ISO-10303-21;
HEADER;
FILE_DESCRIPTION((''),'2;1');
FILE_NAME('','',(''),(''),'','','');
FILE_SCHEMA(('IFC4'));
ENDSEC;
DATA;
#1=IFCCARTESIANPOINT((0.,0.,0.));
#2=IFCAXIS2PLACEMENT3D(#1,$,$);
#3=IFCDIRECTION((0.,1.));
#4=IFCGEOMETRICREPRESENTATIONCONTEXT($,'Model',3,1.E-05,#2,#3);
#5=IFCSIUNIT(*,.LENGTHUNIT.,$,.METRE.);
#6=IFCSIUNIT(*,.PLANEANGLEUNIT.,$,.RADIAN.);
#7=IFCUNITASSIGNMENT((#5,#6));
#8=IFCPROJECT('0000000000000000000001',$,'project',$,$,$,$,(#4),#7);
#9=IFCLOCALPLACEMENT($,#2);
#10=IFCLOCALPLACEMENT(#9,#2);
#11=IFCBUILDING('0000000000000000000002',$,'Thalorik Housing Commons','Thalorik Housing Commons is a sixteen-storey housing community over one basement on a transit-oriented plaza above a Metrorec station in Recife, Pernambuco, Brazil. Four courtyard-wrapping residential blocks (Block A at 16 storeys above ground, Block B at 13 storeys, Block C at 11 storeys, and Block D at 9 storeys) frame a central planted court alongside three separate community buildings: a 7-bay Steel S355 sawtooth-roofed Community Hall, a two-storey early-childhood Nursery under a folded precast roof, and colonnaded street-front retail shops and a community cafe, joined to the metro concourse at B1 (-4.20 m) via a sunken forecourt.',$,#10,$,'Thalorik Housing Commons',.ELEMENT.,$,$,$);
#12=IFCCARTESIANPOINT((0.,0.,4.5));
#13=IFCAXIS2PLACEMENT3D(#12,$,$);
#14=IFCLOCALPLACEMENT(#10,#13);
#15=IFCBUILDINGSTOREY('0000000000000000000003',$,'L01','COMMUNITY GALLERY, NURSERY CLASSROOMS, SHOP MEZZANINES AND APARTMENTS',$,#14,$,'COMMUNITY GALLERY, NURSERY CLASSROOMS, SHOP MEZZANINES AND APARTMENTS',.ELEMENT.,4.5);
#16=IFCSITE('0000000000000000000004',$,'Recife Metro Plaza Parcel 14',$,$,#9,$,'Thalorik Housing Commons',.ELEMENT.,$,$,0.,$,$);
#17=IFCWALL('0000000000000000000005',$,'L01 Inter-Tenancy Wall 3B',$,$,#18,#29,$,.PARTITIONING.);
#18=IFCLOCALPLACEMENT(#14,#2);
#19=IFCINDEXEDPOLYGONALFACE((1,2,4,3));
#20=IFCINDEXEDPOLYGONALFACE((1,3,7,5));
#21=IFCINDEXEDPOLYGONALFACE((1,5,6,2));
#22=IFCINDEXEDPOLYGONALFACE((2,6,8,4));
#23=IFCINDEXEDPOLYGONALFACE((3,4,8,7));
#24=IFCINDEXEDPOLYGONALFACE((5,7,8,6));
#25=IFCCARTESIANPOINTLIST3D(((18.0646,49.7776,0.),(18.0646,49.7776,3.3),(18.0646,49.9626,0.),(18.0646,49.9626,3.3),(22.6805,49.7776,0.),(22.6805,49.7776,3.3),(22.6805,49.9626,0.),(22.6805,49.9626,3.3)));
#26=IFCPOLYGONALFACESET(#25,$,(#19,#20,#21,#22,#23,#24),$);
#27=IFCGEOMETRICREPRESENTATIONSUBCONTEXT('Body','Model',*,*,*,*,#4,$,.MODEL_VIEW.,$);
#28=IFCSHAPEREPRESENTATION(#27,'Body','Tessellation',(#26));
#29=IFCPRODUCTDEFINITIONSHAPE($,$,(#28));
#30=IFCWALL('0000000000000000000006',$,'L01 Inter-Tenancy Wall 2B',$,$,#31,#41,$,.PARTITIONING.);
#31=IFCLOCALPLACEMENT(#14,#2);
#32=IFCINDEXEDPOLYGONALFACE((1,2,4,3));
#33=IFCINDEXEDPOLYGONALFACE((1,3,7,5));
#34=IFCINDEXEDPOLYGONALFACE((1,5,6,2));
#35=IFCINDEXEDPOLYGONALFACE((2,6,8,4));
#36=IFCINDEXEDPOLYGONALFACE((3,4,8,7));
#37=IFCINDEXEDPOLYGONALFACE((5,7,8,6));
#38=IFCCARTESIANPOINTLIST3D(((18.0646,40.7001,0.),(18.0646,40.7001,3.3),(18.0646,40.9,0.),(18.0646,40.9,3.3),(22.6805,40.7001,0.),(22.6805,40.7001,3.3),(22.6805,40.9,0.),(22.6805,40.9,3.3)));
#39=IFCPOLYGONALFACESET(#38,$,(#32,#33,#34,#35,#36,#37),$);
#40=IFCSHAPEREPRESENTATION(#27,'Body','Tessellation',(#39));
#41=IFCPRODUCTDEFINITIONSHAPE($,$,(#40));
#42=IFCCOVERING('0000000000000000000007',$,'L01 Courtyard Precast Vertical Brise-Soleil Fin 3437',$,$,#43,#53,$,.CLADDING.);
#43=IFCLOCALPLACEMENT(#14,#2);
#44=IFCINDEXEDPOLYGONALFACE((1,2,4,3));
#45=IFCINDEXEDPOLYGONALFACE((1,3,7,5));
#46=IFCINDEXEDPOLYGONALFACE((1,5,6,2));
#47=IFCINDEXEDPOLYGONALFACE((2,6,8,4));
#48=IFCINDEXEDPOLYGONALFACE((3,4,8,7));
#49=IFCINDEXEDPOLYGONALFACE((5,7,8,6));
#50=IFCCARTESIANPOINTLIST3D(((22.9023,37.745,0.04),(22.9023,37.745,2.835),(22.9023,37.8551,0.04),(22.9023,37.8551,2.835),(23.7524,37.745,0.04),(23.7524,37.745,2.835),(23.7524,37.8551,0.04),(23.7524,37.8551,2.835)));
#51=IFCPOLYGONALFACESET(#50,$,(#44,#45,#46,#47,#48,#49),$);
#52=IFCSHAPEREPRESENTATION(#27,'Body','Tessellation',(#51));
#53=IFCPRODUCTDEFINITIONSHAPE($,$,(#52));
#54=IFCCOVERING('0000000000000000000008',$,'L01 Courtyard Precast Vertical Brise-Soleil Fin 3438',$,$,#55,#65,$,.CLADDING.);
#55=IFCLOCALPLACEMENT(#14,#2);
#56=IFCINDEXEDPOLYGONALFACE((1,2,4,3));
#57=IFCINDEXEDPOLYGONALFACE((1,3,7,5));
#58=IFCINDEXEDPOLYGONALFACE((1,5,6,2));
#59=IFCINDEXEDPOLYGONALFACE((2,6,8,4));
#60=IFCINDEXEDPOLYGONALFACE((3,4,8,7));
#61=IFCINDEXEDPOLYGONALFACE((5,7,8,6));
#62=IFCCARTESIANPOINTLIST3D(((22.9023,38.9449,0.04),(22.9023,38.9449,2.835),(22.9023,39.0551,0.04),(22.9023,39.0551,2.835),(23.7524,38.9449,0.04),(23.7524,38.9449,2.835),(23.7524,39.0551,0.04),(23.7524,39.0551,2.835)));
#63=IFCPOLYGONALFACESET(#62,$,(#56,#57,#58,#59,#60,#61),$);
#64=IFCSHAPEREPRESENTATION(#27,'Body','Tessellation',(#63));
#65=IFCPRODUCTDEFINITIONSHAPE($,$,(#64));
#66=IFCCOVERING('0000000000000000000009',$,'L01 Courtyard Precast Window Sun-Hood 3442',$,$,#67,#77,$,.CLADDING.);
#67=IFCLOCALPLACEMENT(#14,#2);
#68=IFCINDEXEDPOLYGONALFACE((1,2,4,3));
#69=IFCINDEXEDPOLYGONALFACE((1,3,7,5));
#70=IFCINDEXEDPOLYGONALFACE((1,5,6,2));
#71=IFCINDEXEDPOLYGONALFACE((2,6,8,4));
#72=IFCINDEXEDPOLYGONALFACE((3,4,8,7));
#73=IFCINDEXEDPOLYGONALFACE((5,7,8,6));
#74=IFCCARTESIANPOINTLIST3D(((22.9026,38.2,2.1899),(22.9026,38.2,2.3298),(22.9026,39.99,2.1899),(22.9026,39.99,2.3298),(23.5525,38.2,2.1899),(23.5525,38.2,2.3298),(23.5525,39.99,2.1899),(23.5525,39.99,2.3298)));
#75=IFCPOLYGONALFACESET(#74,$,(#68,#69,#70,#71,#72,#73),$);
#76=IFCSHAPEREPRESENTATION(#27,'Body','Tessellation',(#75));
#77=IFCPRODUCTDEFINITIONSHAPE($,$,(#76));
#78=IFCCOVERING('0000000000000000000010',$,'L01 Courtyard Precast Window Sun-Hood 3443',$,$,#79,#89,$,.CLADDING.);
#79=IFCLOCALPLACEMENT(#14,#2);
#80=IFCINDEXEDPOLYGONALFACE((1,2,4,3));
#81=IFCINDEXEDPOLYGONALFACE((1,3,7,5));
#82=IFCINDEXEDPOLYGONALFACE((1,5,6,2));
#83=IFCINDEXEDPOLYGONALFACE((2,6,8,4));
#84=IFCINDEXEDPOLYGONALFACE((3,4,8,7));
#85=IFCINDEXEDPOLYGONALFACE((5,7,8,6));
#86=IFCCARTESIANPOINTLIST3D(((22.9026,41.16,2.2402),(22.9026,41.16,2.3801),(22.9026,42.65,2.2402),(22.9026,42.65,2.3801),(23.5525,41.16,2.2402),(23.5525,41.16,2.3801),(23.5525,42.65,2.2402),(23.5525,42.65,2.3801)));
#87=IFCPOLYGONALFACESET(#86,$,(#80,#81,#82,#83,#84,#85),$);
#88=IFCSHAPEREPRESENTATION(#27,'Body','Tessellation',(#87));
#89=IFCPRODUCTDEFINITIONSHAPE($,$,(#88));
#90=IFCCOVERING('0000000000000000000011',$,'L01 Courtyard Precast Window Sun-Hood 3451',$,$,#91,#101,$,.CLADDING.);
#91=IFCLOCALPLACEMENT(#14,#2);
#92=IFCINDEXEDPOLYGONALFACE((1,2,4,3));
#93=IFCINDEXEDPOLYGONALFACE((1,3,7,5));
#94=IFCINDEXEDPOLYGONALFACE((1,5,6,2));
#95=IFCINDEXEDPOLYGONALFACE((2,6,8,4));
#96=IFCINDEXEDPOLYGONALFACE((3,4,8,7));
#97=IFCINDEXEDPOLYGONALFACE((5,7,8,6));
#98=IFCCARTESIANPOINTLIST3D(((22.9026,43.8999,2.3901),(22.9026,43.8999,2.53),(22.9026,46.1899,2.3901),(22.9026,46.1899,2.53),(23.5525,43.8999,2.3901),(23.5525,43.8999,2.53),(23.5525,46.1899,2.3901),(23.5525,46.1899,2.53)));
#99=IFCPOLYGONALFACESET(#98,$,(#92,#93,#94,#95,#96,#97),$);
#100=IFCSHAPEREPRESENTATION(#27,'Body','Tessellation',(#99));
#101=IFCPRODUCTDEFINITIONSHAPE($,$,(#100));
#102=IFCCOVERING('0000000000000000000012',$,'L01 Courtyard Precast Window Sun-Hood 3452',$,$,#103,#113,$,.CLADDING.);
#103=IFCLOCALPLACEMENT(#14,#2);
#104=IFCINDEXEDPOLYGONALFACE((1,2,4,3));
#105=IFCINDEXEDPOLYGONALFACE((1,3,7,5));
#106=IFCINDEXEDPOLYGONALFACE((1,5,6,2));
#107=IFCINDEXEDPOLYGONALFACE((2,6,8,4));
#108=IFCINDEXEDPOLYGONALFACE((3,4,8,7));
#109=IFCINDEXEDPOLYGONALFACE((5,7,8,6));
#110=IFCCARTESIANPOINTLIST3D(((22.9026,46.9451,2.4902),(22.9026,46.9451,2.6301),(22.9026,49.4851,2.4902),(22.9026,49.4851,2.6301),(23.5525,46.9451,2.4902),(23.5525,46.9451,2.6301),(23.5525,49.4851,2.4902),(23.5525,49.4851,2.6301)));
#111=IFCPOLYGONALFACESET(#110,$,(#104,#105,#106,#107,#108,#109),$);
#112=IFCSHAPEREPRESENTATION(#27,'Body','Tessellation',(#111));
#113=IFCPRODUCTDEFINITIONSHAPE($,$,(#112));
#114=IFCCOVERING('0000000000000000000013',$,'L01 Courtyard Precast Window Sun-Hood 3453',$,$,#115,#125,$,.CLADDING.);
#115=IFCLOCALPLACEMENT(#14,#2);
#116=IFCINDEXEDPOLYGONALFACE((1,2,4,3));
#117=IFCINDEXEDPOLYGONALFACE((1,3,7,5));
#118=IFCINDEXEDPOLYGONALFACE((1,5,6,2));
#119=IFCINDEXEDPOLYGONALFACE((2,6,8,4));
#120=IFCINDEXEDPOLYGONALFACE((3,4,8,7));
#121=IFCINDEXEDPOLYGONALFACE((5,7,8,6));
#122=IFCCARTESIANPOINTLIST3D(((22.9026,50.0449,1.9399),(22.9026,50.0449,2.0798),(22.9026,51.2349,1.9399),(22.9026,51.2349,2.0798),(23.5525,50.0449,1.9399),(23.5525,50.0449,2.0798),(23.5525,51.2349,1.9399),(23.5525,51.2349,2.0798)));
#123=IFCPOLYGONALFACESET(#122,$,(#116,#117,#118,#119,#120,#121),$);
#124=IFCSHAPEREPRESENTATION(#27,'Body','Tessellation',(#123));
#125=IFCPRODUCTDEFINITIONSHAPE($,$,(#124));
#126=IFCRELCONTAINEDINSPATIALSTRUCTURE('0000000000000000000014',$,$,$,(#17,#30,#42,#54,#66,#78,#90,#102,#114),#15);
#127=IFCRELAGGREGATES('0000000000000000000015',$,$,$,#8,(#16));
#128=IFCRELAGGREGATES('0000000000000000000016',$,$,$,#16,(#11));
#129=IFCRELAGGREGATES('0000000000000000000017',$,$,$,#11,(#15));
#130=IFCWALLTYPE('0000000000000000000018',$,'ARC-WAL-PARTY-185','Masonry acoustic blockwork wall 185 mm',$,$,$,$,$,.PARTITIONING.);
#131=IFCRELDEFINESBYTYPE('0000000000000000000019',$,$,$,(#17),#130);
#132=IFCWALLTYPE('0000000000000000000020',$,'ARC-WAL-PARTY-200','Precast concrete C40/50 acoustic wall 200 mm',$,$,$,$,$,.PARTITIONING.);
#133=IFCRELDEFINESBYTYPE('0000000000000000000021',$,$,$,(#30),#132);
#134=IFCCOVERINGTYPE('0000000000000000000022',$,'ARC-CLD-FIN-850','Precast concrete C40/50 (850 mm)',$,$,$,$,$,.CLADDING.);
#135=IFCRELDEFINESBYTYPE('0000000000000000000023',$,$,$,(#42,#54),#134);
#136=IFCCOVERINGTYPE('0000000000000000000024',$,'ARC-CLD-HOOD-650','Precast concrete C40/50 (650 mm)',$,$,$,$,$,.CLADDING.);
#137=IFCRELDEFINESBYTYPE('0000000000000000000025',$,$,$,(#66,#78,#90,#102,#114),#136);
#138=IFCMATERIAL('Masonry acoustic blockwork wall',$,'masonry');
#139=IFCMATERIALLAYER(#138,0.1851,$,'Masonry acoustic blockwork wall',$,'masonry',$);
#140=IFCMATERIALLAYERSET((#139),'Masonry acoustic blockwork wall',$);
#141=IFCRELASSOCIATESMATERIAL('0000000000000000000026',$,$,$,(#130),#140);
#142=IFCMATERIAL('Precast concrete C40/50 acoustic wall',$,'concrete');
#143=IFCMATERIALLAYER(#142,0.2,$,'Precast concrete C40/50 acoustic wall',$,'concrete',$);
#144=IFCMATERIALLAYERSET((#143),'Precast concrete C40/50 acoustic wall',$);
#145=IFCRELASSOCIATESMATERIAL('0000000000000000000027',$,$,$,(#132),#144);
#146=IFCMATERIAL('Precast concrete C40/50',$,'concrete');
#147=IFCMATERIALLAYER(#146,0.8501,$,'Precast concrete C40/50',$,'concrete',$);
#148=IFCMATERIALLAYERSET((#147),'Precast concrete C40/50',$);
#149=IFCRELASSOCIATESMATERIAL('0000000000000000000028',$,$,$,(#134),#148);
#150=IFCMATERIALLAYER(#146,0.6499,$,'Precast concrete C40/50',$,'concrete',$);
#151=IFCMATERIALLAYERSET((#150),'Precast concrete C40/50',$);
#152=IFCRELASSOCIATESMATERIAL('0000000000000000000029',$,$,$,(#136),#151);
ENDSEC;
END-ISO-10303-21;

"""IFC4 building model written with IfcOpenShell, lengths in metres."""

from ifc_helpers import new_model, si_unit, direction, frame, frame_2d, origin, origin_2d, place, context, subcontext, project, spatial, rectangle, extrude, material, layer, layer_set, type_object, element, save


model = new_model("IFC4")

# Units and contexts
model_context = context("Model", 3, precision=1e-05, world=origin(), true_north=direction((0.0, 1.0)))
body_context = subcontext(model_context, "Body", "Model", "MODEL_VIEW")
ifc_project = project(units=[si_unit("LENGTHUNIT", "METRE"), si_unit("PLANEANGLEUNIT", "RADIAN")], contexts=[model_context])

# Site, building, storey
site_placement = place(None, origin())
site = spatial("IfcSite", under=ifc_project, at=site_placement, Name="Recife Metro Plaza Parcel 14", LongName="Thalorik Housing Commons", CompositionType="ELEMENT", RefElevation=0.0)
building_placement = place(site_placement, origin())
building = spatial("IfcBuilding", under=site, at=building_placement, Name="Thalorik Housing Commons", Description="Thalorik Housing Commons is a sixteen-storey housing community over one basement on a transit-oriented plaza above a Metrorec station in Recife, Pernambuco, Brazil. Four courtyard-wrapping residential blocks (Block A at 16 storeys above ground, Block B at 13 storeys, Block C at 11 storeys, and Block D at 9 storeys) frame a central planted court alongside three separate community buildings: a 7-bay Steel S355 sawtooth-roofed Community Hall, a two-storey early-childhood Nursery under a folded precast roof, and colonnaded street-front retail shops and a community cafe, joined to the metro concourse at B1 (-4.20 m) via a sunken forecourt.", LongName="Thalorik Housing Commons", CompositionType="ELEMENT")
storey_placement = place(building_placement, frame((0.0, 0.0, 4.5)))
storey = spatial("IfcBuildingStorey", under=building, at=storey_placement, Name="L01", Description="COMMUNITY GALLERY, NURSERY CLASSROOMS, SHOP MEZZANINES AND APARTMENTS", LongName="COMMUNITY GALLERY, NURSERY CLASSROOMS, SHOP MEZZANINES AND APARTMENTS", CompositionType="ELEMENT", Elevation=4.5)

# Shared definitions
ifc_material_1 = material(Name="Precast concrete C40/50", Category="concrete")

# Walls
ifc_material_2 = material(Name="Masonry acoustic blockwork wall", Category="masonry")
ifc_layer_1 = layer(ifc_material_2, 0.1851, Name="Masonry acoustic blockwork wall", Category="masonry")
ifc_layer_set_1 = layer_set([ifc_layer_1], Name="Masonry acoustic blockwork wall")
wall_type_1 = type_object("IfcWallType", Name="ARC-WAL-PARTY-185", Description="Masonry acoustic blockwork wall 185 mm", PredefinedType="PARTITIONING", material=ifc_layer_set_1)
wall_1_placement = place(storey_placement, frame((18.0645, 49.8701, 0.0), z_axis=(0.0, 0.0, 1.0), x_axis=(1.0, 0.0, 0.0)))
element("IfcWall", 1, at=wall_1_placement, inside=storey, type_object=wall_type_1, Name="L01 Inter-Tenancy Wall 3B", PredefinedType="PARTITIONING", context=body_context, shape_type="SweptSolid", body=[
    extrude(rectangle(XDim=4.616, YDim=0.1851, at=frame_2d((2.3081, 0.0))), origin(), (0.0, 0.0, 1.0), 3.3),
])
ifc_material_3 = material(Name="Precast concrete C40/50 acoustic wall", Category="concrete")
ifc_layer_2 = layer(ifc_material_3, 0.2, Name="Precast concrete C40/50 acoustic wall", Category="concrete")
ifc_layer_set_2 = layer_set([ifc_layer_2], Name="Precast concrete C40/50 acoustic wall")
wall_type_2 = type_object("IfcWallType", Name="ARC-WAL-PARTY-200", Description="Precast concrete C40/50 acoustic wall 200 mm", PredefinedType="PARTITIONING", material=ifc_layer_set_2)
wall_2_placement = place(storey_placement, frame((18.0645, 40.8, 0.0), z_axis=(0.0, 0.0, 1.0), x_axis=(1.0, 0.0, 0.0)))
element("IfcWall", 2, at=wall_2_placement, inside=storey, type_object=wall_type_2, Name="L01 Inter-Tenancy Wall 2B", PredefinedType="PARTITIONING", context=body_context, shape_type="SweptSolid", body=[
    extrude(rectangle(XDim=4.616, YDim=0.2, at=frame_2d((2.3081, 0.0))), origin(), (0.0, 0.0, 1.0), 3.3),
])

# Coverings
ifc_layer_3 = layer(ifc_material_1, 0.8501, Name="Precast concrete C40/50", Category="concrete")
ifc_layer_set_3 = layer_set([ifc_layer_3], Name="Precast concrete C40/50")
covering_type_1 = type_object("IfcCoveringType", Name="ARC-CLD-FIN-850", Description="Precast concrete C40/50 (850 mm)", PredefinedType="CLADDING", material=ifc_layer_set_3)
for number, where, z_axis, x_axis, name in (
    (3, (23.3274, 37.8, 0.04), (0.0, 0.0, 1.0), (0.0, 1.0, 0.0), "L01 Courtyard Precast Vertical Brise-Soleil Fin 3437"),
    (4, (23.3274, 39.0, 0.04), (0.0, 0.0, 1.0), (0.0, 1.0, 0.0), "L01 Courtyard Precast Vertical Brise-Soleil Fin 3438"),
):
    element("IfcCovering", number, at=place(storey_placement, frame(where, z_axis=z_axis, x_axis=x_axis)), inside=storey, type_object=covering_type_1, Name=name, PredefinedType="CLADDING", context=body_context, shape_type="SweptSolid", body=[
        extrude(rectangle(XDim=0.1101, YDim=0.8501, at=origin_2d()), origin(), (0.0, 0.0, 1.0), 2.7949),
    ])
ifc_layer_4 = layer(ifc_material_1, 0.6499, Name="Precast concrete C40/50", Category="concrete")
ifc_layer_set_4 = layer_set([ifc_layer_4], Name="Precast concrete C40/50")
covering_type_2 = type_object("IfcCoveringType", Name="ARC-CLD-HOOD-650", Description="Precast concrete C40/50 (650 mm)", PredefinedType="CLADDING", material=ifc_layer_set_4)
covering_1_placement = place(storey_placement, frame((23.2275, 39.095, 2.1899), z_axis=(0.0, 0.0, 1.0), x_axis=(0.0, 1.0, 0.0)))
element("IfcCovering", 5, at=covering_1_placement, inside=storey, type_object=covering_type_2, Name="L01 Courtyard Precast Window Sun-Hood 3442", PredefinedType="CLADDING", context=body_context, shape_type="SweptSolid", body=[
    extrude(rectangle(XDim=1.79, YDim=0.6499, at=origin_2d()), origin(), (0.0, 0.0, 1.0), 0.1399),
])
covering_2_placement = place(storey_placement, frame((23.2275, 41.905, 2.2402), z_axis=(0.0, 0.0, 1.0), x_axis=(0.0, 1.0, 0.0)))
element("IfcCovering", 6, at=covering_2_placement, inside=storey, type_object=covering_type_2, Name="L01 Courtyard Precast Window Sun-Hood 3443", PredefinedType="CLADDING", context=body_context, shape_type="SweptSolid", body=[
    extrude(rectangle(XDim=1.49, YDim=0.6499, at=origin_2d()), origin(), (0.0, 0.0, 1.0), 0.1399),
])
covering_3_placement = place(storey_placement, frame((23.2275, 45.0449, 2.3901), z_axis=(0.0, 0.0, 1.0), x_axis=(0.0, 1.0, 0.0)))
element("IfcCovering", 7, at=covering_3_placement, inside=storey, type_object=covering_type_2, Name="L01 Courtyard Precast Window Sun-Hood 3451", PredefinedType="CLADDING", context=body_context, shape_type="SweptSolid", body=[
    extrude(rectangle(XDim=2.29, YDim=0.6499, at=origin_2d()), origin(), (0.0, 0.0, 1.0), 0.1399),
])
covering_4_placement = place(storey_placement, frame((23.2275, 48.2151, 2.4902), z_axis=(0.0, 0.0, 1.0), x_axis=(0.0, 1.0, 0.0)))
element("IfcCovering", 8, at=covering_4_placement, inside=storey, type_object=covering_type_2, Name="L01 Courtyard Precast Window Sun-Hood 3452", PredefinedType="CLADDING", context=body_context, shape_type="SweptSolid", body=[
    extrude(rectangle(XDim=2.54, YDim=0.6499, at=origin_2d()), origin(), (0.0, 0.0, 1.0), 0.1399),
])
covering_5_placement = place(storey_placement, frame((23.2275, 50.6399, 1.9399), z_axis=(0.0, 0.0, 1.0), x_axis=(0.0, 1.0, 0.0)))
element("IfcCovering", 9, at=covering_5_placement, inside=storey, type_object=covering_type_2, Name="L01 Courtyard Precast Window Sun-Hood 3453", PredefinedType="CLADDING", context=body_context, shape_type="SweptSolid", body=[
    extrude(rectangle(XDim=1.1899, YDim=0.6499, at=origin_2d()), origin(), (0.0, 0.0, 1.0), 0.1399),
])

save(model, "model.ifc")
